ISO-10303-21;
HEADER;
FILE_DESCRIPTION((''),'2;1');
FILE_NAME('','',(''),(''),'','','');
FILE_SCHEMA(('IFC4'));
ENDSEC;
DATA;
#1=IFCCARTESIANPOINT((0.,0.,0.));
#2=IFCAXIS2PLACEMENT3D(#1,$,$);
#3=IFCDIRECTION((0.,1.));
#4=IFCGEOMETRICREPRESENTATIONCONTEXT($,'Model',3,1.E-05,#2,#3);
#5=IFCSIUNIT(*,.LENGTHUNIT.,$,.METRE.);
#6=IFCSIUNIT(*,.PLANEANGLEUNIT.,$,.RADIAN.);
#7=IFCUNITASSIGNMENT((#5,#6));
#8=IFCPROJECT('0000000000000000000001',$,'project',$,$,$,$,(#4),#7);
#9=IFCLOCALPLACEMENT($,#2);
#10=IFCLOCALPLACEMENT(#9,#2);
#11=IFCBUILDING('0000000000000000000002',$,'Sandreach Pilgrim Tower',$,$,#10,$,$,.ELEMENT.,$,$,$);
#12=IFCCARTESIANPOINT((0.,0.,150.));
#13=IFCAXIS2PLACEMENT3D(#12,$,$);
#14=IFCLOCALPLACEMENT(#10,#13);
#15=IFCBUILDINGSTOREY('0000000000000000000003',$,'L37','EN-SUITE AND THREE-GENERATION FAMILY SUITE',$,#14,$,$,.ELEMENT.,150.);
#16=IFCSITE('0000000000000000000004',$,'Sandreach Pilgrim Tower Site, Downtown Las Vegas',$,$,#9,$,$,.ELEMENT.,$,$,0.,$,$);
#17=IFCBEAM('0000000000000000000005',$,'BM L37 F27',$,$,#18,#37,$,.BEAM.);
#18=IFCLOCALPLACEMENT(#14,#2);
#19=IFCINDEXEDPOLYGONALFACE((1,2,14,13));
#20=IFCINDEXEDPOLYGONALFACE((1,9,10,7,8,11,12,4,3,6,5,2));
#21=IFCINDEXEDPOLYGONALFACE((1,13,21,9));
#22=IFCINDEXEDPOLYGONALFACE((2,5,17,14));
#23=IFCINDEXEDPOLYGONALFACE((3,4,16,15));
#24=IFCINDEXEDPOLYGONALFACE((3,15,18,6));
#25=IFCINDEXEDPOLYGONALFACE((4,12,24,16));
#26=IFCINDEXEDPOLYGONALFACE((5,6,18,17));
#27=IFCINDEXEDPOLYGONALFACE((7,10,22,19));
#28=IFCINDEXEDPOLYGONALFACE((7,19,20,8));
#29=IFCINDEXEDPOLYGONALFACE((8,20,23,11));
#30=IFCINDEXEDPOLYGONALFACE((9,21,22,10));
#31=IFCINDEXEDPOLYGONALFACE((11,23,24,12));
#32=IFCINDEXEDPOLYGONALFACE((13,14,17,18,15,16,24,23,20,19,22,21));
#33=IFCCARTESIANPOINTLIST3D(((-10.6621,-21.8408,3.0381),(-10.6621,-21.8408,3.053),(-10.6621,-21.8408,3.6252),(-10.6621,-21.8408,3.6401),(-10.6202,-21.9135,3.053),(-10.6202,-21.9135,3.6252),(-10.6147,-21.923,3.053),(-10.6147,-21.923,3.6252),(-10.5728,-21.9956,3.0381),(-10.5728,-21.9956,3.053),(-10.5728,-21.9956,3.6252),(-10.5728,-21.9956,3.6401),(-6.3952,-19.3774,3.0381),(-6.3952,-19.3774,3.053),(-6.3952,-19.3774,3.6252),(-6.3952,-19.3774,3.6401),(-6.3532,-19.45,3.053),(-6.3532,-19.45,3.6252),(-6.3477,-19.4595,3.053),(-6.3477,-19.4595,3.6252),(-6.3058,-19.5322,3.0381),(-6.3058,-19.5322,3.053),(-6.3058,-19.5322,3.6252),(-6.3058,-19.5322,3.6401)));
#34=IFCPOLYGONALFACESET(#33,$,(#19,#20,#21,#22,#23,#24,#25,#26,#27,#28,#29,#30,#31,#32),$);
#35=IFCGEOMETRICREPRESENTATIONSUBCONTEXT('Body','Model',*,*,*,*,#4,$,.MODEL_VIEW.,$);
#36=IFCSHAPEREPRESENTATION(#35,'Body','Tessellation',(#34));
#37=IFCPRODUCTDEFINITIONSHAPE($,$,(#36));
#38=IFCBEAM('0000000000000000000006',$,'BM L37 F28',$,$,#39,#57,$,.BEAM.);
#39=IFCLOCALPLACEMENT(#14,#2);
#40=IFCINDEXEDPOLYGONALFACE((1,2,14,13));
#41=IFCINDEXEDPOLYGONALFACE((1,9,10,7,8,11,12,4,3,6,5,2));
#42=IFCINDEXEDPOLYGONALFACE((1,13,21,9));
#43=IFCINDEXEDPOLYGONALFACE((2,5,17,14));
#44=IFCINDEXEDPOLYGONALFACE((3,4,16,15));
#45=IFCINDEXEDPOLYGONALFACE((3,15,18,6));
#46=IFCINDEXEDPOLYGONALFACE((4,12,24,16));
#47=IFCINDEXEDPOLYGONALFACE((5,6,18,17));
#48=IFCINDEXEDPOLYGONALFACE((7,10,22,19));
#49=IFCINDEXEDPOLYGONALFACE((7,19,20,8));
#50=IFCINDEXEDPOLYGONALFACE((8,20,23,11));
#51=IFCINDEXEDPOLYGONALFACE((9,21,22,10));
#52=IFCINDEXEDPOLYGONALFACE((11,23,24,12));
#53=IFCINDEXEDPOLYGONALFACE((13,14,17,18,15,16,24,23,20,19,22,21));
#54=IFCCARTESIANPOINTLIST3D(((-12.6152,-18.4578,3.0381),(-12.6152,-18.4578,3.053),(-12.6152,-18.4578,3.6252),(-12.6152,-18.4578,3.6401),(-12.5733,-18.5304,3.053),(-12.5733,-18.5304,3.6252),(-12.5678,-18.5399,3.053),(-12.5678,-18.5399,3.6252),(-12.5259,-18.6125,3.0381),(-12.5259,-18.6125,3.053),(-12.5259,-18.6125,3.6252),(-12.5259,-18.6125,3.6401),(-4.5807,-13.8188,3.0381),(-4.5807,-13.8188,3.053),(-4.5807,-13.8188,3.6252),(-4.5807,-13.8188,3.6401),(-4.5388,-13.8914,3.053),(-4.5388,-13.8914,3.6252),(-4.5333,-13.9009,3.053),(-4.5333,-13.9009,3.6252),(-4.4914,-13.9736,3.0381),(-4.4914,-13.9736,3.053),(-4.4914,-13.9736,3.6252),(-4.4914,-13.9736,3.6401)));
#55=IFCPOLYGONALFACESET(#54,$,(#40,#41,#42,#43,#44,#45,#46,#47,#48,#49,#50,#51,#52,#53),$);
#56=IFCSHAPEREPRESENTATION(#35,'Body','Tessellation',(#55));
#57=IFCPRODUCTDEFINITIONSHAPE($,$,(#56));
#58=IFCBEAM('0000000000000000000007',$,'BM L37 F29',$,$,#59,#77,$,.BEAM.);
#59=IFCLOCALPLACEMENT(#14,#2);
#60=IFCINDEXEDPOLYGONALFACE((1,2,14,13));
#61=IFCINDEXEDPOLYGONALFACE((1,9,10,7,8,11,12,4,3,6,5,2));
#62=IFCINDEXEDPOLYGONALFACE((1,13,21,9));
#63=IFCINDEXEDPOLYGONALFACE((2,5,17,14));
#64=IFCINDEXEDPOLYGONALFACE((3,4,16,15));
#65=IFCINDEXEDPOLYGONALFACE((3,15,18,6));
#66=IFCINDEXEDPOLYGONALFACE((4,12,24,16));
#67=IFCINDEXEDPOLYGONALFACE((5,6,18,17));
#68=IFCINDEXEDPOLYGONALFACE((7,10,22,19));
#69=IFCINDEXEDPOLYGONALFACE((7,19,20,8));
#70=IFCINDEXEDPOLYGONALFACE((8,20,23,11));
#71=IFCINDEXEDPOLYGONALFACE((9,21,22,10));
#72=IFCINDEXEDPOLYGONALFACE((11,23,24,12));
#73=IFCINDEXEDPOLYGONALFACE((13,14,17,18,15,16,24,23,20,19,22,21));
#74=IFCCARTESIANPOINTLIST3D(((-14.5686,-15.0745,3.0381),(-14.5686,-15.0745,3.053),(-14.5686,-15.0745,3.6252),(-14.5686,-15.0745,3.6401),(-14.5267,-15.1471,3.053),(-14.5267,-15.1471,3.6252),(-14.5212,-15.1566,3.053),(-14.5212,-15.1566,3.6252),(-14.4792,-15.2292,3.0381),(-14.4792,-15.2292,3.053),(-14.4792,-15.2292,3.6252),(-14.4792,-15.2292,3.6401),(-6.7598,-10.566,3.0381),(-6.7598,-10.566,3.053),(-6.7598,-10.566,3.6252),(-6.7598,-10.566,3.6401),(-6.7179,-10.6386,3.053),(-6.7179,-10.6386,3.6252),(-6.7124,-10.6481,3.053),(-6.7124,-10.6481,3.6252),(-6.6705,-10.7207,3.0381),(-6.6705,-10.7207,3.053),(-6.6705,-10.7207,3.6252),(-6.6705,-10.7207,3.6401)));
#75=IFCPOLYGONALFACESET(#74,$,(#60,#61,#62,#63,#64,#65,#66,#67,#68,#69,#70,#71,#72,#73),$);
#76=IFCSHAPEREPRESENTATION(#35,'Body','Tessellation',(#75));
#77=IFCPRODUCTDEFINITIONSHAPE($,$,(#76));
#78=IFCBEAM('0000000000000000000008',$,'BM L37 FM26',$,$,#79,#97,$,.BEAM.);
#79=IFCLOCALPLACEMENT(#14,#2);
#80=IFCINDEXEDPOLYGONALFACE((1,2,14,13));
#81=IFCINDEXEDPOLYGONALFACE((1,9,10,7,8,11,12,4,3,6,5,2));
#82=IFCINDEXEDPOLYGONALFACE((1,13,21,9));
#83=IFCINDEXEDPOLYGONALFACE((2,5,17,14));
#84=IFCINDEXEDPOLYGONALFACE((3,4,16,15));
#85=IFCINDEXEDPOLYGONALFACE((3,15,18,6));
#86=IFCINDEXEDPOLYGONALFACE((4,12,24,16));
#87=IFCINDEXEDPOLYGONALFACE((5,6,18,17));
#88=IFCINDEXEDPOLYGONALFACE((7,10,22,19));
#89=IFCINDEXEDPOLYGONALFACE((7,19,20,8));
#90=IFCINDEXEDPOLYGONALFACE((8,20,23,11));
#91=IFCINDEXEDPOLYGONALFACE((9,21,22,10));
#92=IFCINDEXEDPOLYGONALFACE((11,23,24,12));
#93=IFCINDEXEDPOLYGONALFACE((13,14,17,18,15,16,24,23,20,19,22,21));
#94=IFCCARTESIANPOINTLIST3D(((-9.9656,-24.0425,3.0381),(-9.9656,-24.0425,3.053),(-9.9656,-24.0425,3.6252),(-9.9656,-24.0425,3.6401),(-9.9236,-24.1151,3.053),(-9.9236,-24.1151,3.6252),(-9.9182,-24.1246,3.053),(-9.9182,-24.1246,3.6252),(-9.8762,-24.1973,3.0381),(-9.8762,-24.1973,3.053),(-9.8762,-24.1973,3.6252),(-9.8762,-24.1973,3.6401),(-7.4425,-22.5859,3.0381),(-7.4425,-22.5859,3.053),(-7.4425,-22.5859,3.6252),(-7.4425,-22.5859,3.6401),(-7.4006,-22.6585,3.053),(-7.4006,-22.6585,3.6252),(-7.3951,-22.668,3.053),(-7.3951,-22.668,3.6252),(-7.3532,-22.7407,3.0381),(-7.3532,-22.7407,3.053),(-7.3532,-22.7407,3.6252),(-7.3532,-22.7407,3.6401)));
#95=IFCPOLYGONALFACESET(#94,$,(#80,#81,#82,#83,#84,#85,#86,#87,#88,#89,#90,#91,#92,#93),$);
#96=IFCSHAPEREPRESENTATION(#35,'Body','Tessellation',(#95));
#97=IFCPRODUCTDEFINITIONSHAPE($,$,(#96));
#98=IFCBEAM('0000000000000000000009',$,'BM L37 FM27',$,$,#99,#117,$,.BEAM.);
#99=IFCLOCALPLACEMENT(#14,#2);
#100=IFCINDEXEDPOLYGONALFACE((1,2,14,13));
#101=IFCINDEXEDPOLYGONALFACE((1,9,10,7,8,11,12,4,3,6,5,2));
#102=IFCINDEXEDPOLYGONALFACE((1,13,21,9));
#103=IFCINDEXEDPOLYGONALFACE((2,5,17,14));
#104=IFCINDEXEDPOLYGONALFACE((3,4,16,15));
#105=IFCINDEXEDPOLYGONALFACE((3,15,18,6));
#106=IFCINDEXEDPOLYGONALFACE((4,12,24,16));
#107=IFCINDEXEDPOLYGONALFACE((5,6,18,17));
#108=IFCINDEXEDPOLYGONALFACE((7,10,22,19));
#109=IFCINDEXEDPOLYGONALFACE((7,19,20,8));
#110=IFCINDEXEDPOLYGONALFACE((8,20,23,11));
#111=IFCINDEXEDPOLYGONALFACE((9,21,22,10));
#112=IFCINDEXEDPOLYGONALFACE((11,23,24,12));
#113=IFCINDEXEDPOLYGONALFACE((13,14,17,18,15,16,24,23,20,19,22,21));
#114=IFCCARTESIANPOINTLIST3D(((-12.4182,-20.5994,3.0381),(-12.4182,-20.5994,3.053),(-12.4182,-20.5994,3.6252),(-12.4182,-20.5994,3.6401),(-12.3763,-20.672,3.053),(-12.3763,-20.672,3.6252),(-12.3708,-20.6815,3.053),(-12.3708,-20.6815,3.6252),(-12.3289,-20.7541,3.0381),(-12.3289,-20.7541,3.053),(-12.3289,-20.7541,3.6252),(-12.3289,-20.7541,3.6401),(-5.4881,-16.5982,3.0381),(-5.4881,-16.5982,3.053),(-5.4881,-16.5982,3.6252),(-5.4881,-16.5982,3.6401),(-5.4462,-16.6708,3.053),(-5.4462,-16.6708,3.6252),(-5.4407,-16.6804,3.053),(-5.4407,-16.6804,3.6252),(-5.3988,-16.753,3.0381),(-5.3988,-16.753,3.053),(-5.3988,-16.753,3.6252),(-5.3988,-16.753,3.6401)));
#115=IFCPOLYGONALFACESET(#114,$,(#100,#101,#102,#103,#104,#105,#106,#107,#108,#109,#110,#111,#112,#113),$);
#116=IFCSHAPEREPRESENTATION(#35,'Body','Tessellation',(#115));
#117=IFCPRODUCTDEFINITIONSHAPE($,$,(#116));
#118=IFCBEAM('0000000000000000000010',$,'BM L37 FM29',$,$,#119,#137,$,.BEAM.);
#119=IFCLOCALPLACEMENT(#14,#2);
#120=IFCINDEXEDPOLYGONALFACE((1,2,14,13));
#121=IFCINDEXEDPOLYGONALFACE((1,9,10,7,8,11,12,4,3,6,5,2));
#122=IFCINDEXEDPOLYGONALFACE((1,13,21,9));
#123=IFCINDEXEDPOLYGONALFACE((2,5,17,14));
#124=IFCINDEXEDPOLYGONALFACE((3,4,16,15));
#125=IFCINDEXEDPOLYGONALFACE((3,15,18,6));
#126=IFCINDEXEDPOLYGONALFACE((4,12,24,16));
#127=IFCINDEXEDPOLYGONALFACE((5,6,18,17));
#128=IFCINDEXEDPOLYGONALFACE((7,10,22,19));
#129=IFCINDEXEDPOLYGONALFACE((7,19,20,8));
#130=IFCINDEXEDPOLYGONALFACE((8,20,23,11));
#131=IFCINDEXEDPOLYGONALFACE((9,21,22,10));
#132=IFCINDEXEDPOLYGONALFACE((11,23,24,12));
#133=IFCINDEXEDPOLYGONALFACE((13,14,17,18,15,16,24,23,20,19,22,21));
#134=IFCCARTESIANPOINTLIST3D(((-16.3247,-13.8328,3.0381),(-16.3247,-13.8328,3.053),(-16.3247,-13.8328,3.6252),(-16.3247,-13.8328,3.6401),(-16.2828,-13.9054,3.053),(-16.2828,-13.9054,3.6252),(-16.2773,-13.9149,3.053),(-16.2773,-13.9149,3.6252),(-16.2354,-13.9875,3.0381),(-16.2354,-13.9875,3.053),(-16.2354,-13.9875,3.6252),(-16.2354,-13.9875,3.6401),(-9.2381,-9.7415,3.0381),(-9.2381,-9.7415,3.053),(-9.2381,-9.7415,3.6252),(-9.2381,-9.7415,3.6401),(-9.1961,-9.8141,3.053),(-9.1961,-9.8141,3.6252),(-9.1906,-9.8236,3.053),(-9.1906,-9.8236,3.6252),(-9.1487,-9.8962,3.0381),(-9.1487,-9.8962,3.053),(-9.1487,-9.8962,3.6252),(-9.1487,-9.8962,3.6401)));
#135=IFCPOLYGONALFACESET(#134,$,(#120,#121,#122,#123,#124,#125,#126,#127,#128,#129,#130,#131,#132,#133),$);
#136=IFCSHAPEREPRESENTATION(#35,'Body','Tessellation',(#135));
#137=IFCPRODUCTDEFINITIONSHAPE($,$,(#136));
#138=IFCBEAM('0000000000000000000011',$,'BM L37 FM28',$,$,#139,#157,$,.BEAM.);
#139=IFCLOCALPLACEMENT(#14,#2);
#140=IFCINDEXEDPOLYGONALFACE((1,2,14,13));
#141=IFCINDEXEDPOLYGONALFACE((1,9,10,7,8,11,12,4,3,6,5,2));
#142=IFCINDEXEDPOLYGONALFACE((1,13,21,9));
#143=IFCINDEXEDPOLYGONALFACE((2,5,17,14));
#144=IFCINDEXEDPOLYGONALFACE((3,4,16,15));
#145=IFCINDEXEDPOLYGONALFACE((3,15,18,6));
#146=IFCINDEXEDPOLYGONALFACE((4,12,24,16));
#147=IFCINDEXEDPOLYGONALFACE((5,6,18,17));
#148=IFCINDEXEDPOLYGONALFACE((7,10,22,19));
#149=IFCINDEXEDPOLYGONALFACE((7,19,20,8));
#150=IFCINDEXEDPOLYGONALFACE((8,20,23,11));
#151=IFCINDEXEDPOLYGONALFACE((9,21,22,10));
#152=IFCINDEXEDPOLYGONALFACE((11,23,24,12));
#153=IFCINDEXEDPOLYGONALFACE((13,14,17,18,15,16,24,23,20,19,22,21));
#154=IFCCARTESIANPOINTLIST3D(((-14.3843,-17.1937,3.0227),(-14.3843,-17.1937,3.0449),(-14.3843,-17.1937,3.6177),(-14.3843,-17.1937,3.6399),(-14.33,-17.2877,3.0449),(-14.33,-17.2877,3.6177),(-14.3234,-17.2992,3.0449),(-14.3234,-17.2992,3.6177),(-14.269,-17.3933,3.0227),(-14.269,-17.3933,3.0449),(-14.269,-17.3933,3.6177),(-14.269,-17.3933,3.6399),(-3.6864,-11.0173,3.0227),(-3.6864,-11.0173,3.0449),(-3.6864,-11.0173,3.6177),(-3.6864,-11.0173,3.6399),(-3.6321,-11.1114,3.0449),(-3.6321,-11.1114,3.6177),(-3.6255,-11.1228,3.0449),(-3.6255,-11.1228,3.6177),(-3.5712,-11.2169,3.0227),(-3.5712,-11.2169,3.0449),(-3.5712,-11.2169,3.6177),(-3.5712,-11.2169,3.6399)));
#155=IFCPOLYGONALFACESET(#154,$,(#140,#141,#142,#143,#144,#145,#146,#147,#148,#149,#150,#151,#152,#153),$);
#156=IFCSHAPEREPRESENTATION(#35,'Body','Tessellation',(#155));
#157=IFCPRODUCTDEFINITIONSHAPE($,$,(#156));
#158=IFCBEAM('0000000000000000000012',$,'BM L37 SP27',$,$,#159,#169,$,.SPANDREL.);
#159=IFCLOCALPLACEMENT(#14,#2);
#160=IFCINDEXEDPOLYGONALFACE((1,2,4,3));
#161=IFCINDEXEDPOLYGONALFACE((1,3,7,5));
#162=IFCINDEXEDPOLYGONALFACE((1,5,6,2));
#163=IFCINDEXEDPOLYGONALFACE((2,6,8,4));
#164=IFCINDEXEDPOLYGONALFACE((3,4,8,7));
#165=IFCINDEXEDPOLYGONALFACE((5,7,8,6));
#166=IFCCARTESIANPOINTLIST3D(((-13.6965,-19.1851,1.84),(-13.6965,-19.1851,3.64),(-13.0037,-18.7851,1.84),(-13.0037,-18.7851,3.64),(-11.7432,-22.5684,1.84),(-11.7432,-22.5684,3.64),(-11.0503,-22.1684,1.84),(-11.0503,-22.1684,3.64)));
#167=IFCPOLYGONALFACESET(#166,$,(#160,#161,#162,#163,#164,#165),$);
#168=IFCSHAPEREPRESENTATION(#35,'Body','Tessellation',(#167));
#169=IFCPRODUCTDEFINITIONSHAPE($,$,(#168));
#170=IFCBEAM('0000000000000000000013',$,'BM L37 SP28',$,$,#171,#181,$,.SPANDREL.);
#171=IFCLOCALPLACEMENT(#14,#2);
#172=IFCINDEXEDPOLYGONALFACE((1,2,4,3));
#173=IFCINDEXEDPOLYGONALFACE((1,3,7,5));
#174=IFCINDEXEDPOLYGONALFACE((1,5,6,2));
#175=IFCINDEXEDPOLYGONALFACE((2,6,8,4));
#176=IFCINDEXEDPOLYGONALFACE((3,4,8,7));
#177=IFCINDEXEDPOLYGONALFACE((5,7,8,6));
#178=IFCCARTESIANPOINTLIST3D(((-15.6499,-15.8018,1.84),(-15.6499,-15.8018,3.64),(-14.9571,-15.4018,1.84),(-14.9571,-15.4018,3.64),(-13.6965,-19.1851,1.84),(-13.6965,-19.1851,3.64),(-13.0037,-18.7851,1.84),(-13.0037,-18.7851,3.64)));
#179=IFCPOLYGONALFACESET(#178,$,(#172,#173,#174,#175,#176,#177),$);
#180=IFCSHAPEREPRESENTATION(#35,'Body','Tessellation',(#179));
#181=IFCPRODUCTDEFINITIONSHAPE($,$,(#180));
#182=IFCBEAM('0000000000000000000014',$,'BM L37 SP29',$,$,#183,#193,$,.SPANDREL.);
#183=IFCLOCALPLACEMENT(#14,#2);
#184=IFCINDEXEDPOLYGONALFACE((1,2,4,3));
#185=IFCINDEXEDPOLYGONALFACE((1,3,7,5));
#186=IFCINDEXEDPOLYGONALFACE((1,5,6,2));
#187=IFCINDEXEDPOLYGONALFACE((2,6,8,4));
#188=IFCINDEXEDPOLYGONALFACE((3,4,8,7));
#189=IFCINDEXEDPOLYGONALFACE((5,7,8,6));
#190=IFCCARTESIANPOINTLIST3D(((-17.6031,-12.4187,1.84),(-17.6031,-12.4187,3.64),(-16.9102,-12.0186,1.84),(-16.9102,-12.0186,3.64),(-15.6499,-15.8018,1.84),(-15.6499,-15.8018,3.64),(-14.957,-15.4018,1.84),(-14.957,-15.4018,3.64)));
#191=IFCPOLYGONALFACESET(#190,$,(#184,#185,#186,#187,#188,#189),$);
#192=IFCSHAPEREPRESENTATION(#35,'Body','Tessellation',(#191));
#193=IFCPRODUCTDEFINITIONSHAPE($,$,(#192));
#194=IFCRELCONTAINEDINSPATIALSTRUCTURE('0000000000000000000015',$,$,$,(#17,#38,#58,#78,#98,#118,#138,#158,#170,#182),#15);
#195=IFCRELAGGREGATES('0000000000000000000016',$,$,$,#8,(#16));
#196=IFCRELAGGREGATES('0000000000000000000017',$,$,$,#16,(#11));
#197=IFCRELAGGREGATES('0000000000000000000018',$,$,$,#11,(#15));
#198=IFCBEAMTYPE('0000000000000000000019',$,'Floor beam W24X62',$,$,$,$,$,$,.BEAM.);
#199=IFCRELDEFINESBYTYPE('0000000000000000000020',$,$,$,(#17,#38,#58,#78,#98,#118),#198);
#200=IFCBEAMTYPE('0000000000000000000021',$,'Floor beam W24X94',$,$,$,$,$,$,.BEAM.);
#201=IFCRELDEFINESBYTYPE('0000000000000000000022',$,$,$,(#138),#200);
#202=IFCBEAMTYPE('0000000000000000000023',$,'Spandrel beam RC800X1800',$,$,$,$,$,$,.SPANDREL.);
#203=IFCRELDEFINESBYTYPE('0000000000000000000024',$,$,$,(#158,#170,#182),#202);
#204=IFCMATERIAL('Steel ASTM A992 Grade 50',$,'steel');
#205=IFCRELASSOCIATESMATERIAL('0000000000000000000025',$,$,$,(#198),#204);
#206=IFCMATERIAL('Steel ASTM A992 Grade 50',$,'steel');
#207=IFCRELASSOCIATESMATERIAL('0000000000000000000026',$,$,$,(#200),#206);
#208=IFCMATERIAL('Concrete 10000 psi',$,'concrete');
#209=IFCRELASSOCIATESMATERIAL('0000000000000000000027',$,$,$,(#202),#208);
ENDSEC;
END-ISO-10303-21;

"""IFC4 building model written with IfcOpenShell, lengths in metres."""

from ifc_helpers import new_model, si_unit, direction, frame, origin, origin_2d, place, context, subcontext, project, spatial, rectangle, i_section, extrude, material, material_profile, profile_set, type_object, element, save


model = new_model("IFC4")

# Units and contexts
model_context = context("Model", 3, precision=1e-05, world=origin(), true_north=direction((0.0, 1.0)))
body_context = subcontext(model_context, "Body", "Model", "MODEL_VIEW")
ifc_project = project(units=[si_unit("LENGTHUNIT", "METRE"), si_unit("PLANEANGLEUNIT", "RADIAN")], contexts=[model_context])

# Site, building, storey
site_placement = place(None, origin())
site = spatial("IfcSite", under=ifc_project, at=site_placement, Name="Sandreach Pilgrim Tower Site, Downtown Las Vegas", CompositionType="ELEMENT", RefElevation=0.0)
building_placement = place(site_placement, origin())
building = spatial("IfcBuilding", under=site, at=building_placement, Name="Sandreach Pilgrim Tower", CompositionType="ELEMENT")
storey_placement = place(building_placement, frame((0.0, 0.0, 150.0)))
storey = spatial("IfcBuildingStorey", under=building, at=storey_placement, Name="L37", Description="EN-SUITE AND THREE-GENERATION FAMILY SUITE", CompositionType="ELEMENT", Elevation=150.0)

# Beams
ifc_material_1 = material(Name="Steel ASTM A992 Grade 50", Category="steel")
ifc_material_profile_1 = material_profile(ifc_material_1, i_section(OverallWidth=0.1787, OverallDepth=0.6021, WebThickness=0.011, FlangeThickness=0.0149, at=origin_2d()), Name="W24X62")
ifc_profile_set_1 = profile_set([ifc_material_profile_1], Name="Steel ASTM A992 Grade 50")
beam_type_1 = type_object("IfcBeamType", Name="Floor beam W24X62", PredefinedType="BEAM", material=ifc_profile_set_1)
beam_1_placement = place(storey_placement, frame((-10.6174, -21.9182, 3.3391), z_axis=(0.866033, 0.499987, 0.0), x_axis=(-0.499987, 0.866033, 0.0)))
element("IfcBeam", 1, at=beam_1_placement, inside=storey, type_object=beam_type_1, Name="BM L37 F27", PredefinedType="BEAM", context=body_context, shape_type="SweptSolid", body=[
    extrude(i_section(OverallWidth=0.1787, OverallDepth=0.6021, WebThickness=0.011, FlangeThickness=0.0149, at=origin_2d()), origin(), (0.0, 0.0, 1.0), 4.927),
])
beam_2_placement = place(storey_placement, frame((-12.5706, -18.5352, 3.3391), z_axis=(0.866014, 0.500019, 0.0), x_axis=(-0.500019, 0.866014, 0.0)))
element("IfcBeam", 2, at=beam_2_placement, inside=storey, type_object=beam_type_1, Name="BM L37 F28", PredefinedType="BEAM", context=body_context, shape_type="SweptSolid", body=[
    extrude(i_section(OverallWidth=0.1787, OverallDepth=0.6021, WebThickness=0.011, FlangeThickness=0.0149, at=origin_2d()), origin(), (0.0, 0.0, 1.0), 9.2776),
])
beam_3_placement = place(storey_placement, frame((-14.5239, -15.1519, 3.3391), z_axis=(0.86602, 0.500009, 0.0), x_axis=(-0.500009, 0.86602, 0.0)))
element("IfcBeam", 3, at=beam_3_placement, inside=storey, type_object=beam_type_1, Name="BM L37 F29", PredefinedType="BEAM", context=body_context, shape_type="SweptSolid", body=[
    extrude(i_section(OverallWidth=0.1787, OverallDepth=0.6021, WebThickness=0.011, FlangeThickness=0.0149, at=origin_2d()), origin(), (0.0, 0.0, 1.0), 9.0168),
])
beam_4_placement = place(storey_placement, frame((-9.9209, -24.1199, 3.3391), z_axis=(0.866038, 0.499979, 0.0), x_axis=(-0.499979, 0.866038, 0.0)))
element("IfcBeam", 4, at=beam_4_placement, inside=storey, type_object=beam_type_1, Name="BM L37 FM26", PredefinedType="BEAM", context=body_context, shape_type="SweptSolid", body=[
    extrude(i_section(OverallWidth=0.1787, OverallDepth=0.6021, WebThickness=0.011, FlangeThickness=0.0149, at=origin_2d()), origin(), (0.0, 0.0, 1.0), 2.9133),
])
beam_5_placement = place(storey_placement, frame((-12.3735, -20.6768, 3.3391), z_axis=(0.866021, 0.500008, 0.0), x_axis=(-0.500008, 0.866021, 0.0)))
element("IfcBeam", 5, at=beam_5_placement, inside=storey, type_object=beam_type_1, Name="BM L37 FM27", PredefinedType="BEAM", context=body_context, shape_type="SweptSolid", body=[
    extrude(i_section(OverallWidth=0.1787, OverallDepth=0.6021, WebThickness=0.011, FlangeThickness=0.0149, at=origin_2d()), origin(), (0.0, 0.0, 1.0), 8.0022),
])
beam_6_placement = place(storey_placement, frame((-16.28, -13.9102, 3.3391), z_axis=(0.866035, 0.499983, 0.0), x_axis=(-0.499983, 0.866035, 0.0)))
element("IfcBeam", 6, at=beam_6_placement, inside=storey, type_object=beam_type_1, Name="BM L37 FM29", PredefinedType="BEAM", context=body_context, shape_type="SweptSolid", body=[
    extrude(i_section(OverallWidth=0.1787, OverallDepth=0.6021, WebThickness=0.011, FlangeThickness=0.0149, at=origin_2d()), origin(), (0.0, 0.0, 1.0), 8.1829),
])
ifc_material_2 = material(Name="Steel ASTM A992 Grade 50", Category="steel")
ifc_material_profile_2 = material_profile(ifc_material_2, i_section(OverallWidth=0.2305, OverallDepth=0.6172, WebThickness=0.0132, FlangeThickness=0.0222, at=origin_2d()), Name="W24X94")
ifc_profile_set_2 = profile_set([ifc_material_profile_2], Name="Steel ASTM A992 Grade 50")
beam_type_2 = type_object("IfcBeamType", Name="Floor beam W24X94", PredefinedType="BEAM", material=ifc_profile_set_2)
beam_7_placement = place(storey_placement, frame((-14.3267, -17.2935, 3.3313), z_axis=(0.866028, 0.499995, 0.0), x_axis=(-0.499995, 0.866028, 0.0)))
element("IfcBeam", 7, at=beam_7_placement, inside=storey, type_object=beam_type_2, Name="BM L37 FM28", PredefinedType="BEAM", context=body_context, shape_type="SweptSolid", body=[
    extrude(i_section(OverallWidth=0.2305, OverallDepth=0.6172, WebThickness=0.0132, FlangeThickness=0.0222, at=origin_2d()), origin(), (0.0, 0.0, 1.0), 12.3528),
])
ifc_material_3 = material(Name="Concrete 10000 psi", Category="concrete")
ifc_material_profile_3 = material_profile(ifc_material_3, rectangle(XDim=0.8, YDim=1.8, at=origin_2d()), Name="RC800X1800")
ifc_profile_set_3 = profile_set([ifc_material_profile_3], Name="Concrete 10000 psi")
beam_type_3 = type_object("IfcBeamType", Name="Spandrel beam RC800X1800", PredefinedType="SPANDREL", material=ifc_profile_set_3)
for number, where, z_axis, x_axis, name in (
    (8, (-11.3967, -22.3684, 2.74), (-0.500004, 0.866023, 0.0), (-0.866023, -0.500004, 0.0), "BM L37 SP27"),
    (9, (-13.3501, -18.9851, 2.74), (-0.500004, 0.866023, 0.0), (-0.866023, -0.500004, 0.0), "BM L37 SP28"),
):
    element("IfcBeam", number, at=place(storey_placement, frame(where, z_axis=z_axis, x_axis=x_axis)), inside=storey, type_object=beam_type_3, Name=name, PredefinedType="SPANDREL", context=body_context, shape_type="SweptSolid", body=[
        extrude(rectangle(XDim=0.8, YDim=1.8, at=origin_2d()), origin(), (0.0, 0.0, 1.0), 3.9067),
    ])
beam_8_placement = place(storey_placement, frame((-15.3035, -15.6018, 2.74), z_axis=(-0.499984, 0.866035, 0.0), x_axis=(-0.866035, -0.499984, 0.0)))
element("IfcBeam", 10, at=beam_8_placement, inside=storey, type_object=beam_type_3, Name="BM L37 SP29", PredefinedType="SPANDREL", context=body_context, shape_type="SweptSolid", body=[
    extrude(rectangle(XDim=0.8, YDim=1.8, at=origin_2d()), origin(), (0.0, 0.0, 1.0), 3.9065),
])

save(model, "model.ifc")
